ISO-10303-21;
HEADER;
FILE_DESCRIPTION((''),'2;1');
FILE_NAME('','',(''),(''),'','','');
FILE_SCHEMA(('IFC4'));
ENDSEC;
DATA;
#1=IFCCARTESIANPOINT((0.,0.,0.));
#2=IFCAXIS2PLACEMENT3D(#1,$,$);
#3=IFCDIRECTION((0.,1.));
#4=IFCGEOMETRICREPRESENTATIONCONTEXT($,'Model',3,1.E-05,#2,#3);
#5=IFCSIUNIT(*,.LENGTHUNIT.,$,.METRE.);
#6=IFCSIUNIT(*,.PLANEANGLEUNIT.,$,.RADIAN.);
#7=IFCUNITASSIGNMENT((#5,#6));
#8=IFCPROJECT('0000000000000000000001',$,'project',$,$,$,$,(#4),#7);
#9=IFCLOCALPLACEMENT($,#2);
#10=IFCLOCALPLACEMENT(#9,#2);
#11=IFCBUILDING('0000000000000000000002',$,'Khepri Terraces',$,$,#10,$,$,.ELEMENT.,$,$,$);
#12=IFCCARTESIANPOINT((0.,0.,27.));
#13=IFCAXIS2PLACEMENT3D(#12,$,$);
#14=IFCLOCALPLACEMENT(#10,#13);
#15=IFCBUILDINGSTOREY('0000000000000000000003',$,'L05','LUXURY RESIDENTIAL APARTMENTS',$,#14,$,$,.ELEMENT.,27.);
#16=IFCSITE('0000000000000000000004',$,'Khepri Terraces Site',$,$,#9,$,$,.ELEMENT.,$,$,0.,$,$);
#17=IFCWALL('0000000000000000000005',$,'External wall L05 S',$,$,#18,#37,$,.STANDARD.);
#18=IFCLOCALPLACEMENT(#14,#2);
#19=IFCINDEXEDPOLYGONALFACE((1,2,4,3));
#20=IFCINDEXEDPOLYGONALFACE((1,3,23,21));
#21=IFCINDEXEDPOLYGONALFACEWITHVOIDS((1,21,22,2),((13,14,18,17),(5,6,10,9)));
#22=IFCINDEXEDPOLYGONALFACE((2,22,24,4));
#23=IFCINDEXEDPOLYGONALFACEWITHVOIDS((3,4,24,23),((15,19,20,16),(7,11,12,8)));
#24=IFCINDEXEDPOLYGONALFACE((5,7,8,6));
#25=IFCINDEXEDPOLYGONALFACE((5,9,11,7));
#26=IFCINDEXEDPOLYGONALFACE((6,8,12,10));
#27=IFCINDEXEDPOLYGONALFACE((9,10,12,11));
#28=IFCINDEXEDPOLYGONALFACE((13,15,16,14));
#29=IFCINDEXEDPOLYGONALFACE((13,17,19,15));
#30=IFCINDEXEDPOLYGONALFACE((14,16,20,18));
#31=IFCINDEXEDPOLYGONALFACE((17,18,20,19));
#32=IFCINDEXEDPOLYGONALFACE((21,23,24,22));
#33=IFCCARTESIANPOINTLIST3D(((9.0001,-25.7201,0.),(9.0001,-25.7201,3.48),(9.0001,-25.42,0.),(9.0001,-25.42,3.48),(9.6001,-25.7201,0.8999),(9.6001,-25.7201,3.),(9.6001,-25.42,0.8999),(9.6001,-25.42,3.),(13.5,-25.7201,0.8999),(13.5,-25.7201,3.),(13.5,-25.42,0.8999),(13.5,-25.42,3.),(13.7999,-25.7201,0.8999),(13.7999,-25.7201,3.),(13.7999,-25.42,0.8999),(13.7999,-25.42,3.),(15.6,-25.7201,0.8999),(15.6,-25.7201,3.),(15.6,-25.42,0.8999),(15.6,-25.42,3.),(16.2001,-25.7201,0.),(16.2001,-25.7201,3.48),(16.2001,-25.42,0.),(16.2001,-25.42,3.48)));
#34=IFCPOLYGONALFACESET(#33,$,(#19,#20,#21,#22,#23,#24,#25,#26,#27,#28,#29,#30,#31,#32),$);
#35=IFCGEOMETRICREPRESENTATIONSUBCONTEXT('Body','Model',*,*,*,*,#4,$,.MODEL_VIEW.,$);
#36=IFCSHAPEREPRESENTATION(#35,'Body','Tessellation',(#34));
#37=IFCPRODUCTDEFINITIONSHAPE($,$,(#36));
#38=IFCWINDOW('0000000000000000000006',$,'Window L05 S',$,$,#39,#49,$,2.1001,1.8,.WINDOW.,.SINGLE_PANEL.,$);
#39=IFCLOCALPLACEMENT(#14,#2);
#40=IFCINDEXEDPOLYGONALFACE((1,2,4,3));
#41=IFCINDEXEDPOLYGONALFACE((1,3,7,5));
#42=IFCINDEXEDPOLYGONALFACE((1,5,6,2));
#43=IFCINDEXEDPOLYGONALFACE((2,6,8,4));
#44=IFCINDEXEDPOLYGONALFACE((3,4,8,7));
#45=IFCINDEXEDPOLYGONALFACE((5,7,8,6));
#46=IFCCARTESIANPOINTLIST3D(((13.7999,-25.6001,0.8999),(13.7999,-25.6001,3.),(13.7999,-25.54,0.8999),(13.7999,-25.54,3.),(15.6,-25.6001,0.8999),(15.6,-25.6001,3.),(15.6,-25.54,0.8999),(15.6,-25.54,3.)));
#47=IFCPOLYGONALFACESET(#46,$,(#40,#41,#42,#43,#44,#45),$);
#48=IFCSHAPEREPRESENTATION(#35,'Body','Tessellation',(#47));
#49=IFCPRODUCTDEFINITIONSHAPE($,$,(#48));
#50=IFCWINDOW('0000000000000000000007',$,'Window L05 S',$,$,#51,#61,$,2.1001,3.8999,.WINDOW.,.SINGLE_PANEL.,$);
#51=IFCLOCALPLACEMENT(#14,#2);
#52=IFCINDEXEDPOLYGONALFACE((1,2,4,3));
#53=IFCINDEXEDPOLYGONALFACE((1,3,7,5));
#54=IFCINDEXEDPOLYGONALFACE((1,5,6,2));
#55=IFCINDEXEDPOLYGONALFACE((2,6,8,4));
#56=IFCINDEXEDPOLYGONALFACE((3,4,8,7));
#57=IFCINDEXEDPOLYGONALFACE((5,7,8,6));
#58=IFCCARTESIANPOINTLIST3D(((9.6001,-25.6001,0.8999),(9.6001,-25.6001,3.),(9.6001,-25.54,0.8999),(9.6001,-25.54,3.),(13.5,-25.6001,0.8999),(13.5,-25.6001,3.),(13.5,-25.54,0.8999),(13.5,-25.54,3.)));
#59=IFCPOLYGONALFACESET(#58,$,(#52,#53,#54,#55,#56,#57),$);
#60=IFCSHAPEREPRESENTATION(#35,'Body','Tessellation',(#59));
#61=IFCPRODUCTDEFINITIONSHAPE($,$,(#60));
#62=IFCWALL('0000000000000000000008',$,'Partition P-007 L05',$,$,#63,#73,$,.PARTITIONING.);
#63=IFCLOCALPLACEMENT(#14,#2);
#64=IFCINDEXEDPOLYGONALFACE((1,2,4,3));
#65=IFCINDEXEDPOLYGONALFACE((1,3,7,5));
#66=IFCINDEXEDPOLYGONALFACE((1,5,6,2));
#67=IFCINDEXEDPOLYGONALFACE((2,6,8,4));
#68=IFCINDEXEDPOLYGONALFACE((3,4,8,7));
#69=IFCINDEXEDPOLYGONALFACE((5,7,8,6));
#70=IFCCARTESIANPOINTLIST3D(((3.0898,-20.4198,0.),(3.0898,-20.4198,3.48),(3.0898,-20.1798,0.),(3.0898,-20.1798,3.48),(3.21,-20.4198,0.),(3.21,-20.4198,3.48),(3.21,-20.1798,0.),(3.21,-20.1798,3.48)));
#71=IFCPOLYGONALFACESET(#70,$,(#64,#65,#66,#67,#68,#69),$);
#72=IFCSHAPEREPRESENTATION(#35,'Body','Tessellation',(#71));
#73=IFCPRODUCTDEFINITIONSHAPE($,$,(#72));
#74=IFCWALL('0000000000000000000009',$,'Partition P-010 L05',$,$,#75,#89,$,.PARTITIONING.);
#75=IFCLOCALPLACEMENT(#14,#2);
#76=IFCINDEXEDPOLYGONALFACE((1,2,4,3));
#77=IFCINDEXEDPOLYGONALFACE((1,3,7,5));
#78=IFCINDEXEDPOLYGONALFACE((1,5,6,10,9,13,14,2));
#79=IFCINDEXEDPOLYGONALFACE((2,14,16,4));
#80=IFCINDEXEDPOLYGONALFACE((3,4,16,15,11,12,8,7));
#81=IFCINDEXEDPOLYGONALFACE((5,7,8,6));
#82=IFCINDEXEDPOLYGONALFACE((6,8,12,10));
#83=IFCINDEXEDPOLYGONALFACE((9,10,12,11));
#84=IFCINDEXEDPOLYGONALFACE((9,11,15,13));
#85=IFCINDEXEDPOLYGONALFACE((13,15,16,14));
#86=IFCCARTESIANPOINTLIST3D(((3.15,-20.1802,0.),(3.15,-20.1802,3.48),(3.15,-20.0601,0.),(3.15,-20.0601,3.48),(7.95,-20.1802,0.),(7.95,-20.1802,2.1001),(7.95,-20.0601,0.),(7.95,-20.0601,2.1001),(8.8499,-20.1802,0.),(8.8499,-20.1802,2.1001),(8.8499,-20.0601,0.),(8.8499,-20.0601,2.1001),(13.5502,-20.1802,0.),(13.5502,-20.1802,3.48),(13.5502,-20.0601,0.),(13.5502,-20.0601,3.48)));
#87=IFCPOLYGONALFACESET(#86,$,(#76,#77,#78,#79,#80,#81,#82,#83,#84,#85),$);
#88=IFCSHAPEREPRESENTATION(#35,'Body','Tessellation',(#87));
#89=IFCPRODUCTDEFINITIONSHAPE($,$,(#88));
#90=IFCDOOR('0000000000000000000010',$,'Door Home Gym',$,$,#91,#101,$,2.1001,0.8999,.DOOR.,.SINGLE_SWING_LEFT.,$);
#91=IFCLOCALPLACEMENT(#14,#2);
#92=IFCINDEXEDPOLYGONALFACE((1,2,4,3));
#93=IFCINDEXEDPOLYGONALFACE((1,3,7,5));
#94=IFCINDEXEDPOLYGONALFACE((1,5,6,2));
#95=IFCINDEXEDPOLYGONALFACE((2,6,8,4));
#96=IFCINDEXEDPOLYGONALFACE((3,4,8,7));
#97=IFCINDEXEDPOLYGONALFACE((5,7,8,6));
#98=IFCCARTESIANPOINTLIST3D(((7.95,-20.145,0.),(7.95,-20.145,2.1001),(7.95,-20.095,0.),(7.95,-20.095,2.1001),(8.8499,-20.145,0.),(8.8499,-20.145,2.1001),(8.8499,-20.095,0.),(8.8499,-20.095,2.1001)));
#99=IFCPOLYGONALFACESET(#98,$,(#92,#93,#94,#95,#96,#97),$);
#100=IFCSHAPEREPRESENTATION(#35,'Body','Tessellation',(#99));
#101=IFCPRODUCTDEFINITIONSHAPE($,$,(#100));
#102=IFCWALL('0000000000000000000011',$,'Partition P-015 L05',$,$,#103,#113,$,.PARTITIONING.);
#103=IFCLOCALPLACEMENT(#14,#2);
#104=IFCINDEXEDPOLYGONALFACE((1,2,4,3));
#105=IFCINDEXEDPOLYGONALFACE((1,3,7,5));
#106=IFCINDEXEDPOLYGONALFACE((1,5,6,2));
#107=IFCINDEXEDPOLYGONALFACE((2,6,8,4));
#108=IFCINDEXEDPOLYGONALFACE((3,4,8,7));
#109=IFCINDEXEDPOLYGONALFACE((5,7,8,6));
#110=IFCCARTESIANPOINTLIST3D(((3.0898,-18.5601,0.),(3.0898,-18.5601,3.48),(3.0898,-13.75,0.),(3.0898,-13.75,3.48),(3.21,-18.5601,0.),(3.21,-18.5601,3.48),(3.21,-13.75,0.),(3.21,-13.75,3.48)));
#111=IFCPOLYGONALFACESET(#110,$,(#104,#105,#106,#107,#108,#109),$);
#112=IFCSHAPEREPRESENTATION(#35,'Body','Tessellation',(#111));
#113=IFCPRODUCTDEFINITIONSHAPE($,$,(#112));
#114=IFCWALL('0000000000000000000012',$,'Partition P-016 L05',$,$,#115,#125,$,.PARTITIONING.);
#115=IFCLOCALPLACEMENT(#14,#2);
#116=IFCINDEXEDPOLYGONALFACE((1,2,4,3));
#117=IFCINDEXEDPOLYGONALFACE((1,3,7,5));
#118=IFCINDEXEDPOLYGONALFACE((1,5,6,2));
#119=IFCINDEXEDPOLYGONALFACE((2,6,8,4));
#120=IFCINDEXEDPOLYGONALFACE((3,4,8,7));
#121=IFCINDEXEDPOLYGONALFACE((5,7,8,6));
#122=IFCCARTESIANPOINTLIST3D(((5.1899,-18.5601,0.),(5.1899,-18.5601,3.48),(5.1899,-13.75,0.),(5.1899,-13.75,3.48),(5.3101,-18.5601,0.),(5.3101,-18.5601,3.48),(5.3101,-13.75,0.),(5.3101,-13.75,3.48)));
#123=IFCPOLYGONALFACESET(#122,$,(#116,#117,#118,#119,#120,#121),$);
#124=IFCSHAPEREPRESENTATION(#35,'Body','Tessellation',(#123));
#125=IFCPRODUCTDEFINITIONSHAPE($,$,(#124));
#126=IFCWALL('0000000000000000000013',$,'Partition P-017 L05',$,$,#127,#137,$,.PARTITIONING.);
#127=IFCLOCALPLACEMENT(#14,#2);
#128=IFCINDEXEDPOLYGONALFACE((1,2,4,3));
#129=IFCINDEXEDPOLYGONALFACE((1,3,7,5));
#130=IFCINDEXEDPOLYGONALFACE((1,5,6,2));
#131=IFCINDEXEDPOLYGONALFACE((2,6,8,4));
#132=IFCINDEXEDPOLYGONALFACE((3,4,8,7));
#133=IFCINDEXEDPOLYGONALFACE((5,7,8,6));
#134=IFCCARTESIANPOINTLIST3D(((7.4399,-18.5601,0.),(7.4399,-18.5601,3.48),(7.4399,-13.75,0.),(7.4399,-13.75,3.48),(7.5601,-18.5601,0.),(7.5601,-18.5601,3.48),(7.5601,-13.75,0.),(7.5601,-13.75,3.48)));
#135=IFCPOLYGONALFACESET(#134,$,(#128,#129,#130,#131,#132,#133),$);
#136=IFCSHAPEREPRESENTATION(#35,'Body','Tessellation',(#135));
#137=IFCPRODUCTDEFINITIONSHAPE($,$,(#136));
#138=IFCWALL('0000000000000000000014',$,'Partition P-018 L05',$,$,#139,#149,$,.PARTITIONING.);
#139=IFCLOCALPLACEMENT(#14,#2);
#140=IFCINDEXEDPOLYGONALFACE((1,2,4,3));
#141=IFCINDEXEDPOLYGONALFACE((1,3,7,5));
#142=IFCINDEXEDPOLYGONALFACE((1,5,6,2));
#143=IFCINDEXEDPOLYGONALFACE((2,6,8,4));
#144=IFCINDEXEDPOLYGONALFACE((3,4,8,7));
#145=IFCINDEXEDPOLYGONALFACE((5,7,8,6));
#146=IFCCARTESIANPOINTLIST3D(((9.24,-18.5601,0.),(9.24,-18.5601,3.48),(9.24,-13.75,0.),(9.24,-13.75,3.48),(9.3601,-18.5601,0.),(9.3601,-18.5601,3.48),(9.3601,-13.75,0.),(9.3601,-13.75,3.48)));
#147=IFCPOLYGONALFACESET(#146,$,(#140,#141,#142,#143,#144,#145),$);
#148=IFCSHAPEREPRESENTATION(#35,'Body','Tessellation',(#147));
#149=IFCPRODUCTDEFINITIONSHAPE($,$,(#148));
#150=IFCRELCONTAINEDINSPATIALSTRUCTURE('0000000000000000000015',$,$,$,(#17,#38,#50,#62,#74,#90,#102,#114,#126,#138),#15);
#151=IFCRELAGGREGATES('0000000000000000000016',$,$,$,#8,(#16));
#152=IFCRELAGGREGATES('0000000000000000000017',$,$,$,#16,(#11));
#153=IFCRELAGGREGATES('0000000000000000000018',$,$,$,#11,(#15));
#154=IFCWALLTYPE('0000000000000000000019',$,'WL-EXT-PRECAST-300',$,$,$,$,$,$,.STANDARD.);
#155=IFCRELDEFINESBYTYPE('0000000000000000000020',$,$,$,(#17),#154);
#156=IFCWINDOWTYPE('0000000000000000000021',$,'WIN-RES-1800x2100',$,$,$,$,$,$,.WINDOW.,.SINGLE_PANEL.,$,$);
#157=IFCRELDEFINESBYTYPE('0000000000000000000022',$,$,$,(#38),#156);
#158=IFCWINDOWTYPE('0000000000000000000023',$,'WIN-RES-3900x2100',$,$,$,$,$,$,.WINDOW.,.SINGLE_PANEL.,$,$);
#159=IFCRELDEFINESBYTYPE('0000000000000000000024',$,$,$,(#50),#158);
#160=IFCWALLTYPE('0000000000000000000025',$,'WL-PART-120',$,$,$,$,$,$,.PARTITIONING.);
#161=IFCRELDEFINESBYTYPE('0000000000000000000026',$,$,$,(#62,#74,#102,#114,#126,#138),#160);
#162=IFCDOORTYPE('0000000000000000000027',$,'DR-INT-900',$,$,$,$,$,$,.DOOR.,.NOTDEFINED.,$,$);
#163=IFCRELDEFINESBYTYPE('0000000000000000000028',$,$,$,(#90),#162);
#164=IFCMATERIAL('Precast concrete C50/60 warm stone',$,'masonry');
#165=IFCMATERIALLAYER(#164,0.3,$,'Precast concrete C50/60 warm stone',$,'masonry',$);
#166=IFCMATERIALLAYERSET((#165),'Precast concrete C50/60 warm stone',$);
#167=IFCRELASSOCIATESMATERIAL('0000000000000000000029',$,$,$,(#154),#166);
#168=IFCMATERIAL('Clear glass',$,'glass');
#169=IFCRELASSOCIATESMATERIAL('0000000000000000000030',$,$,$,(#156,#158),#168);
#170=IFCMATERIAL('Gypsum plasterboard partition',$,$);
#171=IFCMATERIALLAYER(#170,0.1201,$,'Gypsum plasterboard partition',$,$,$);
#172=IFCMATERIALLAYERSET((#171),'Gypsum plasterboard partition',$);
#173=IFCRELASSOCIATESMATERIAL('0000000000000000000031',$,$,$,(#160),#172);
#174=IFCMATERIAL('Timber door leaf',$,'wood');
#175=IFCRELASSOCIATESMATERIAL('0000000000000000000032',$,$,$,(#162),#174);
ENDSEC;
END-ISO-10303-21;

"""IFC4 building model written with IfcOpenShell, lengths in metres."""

from ifc_helpers import new_model, si_unit, direction, frame, frame_2d, origin, place, context, subcontext, project, spatial, rectangle, extrude, material, layer, layer_set, type_object, element, fill, save


model = new_model("IFC4")

# Units and contexts
model_context = context("Model", 3, precision=1e-05, world=origin(), true_north=direction((0.0, 1.0)))
body_context = subcontext(model_context, "Body", "Model", "MODEL_VIEW")
ifc_project = project(units=[si_unit("LENGTHUNIT", "METRE"), si_unit("PLANEANGLEUNIT", "RADIAN")], contexts=[model_context])

# Site, building, storey
site_placement = place(None, origin())
site = spatial("IfcSite", under=ifc_project, at=site_placement, Name="Khepri Terraces Site", CompositionType="ELEMENT", RefElevation=0.0)
building_placement = place(site_placement, origin())
building = spatial("IfcBuilding", under=site, at=building_placement, Name="Khepri Terraces", CompositionType="ELEMENT")
storey_placement = place(building_placement, frame((0.0, 0.0, 27.0)))
storey = spatial("IfcBuildingStorey", under=building, at=storey_placement, Name="L05", Description="LUXURY RESIDENTIAL APARTMENTS", CompositionType="ELEMENT", Elevation=27.0)

# Shared definitions
ifc_material_1 = material(Name="Precast concrete C50/60 warm stone", Category="masonry")
ifc_layer_1 = layer(ifc_material_1, 0.3, Name="Precast concrete C50/60 warm stone", Category="masonry")
ifc_layer_set_1 = layer_set([ifc_layer_1], Name="Precast concrete C50/60 warm stone")
wall_type_1 = type_object("IfcWallType", Name="WL-EXT-PRECAST-300", PredefinedType="STANDARD", material=ifc_layer_set_1)
ifc_material_2 = material(Name="Clear glass", Category="glass")
window_type_1 = type_object("IfcWindowType", Name="WIN-RES-1800x2100", PartitioningType="SINGLE_PANEL", PredefinedType="WINDOW", material=ifc_material_2)

# Wall, openings, windows
wall_1_placement = place(storey_placement, frame((9.0, -25.5701, 0.0), z_axis=(0.0, 0.0, 1.0), x_axis=(1.0, 0.0, 0.0)))
wall_1 = element("IfcWall", 1, at=wall_1_placement, inside=storey, type_object=wall_type_1, Name="External wall L05 S", PredefinedType="STANDARD", context=body_context, shape_type="SweptSolid", body=[
    extrude(rectangle(XDim=7.2, YDim=0.3, at=frame_2d((3.6001, 0.0))), origin(), (0.0, 0.0, 1.0), 3.48),
])
opening_1_placement = place(wall_1_placement, frame((0.6001, 0.0, 0.8999)))
opening_1 = element("IfcOpeningElement", 2, at=opening_1_placement, cuts=wall_1, PredefinedType="OPENING", context=body_context, shape_type="SweptSolid", body=[
    extrude(rectangle(XDim=3.8999, YDim=2.1001, at=frame_2d((1.95, 1.05))), frame((0.0, 0.1602, 0.0), z_axis=(0.0, -1.0, 0.0), x_axis=(1.0, 0.0, 0.0)), (0.0, 0.0, 1.0), 0.3201),
])
opening_2_placement = place(wall_1_placement, frame((4.8, 0.0, 0.8999)))
opening_2 = element("IfcOpeningElement", 3, at=opening_2_placement, cuts=wall_1, PredefinedType="OPENING", context=body_context, shape_type="SweptSolid", body=[
    extrude(rectangle(XDim=1.8, YDim=2.1001, at=frame_2d((0.8999, 1.05))), frame((0.0, 0.1602, 0.0), z_axis=(0.0, -1.0, 0.0), x_axis=(1.0, 0.0, 0.0)), (0.0, 0.0, 1.0), 0.3201),
])
window_1_placement = place(opening_2_placement, origin())
window_1 = element("IfcWindow", 4, at=window_1_placement, inside=storey, type_object=window_type_1, Name="Window L05 S", OverallHeight=2.1001, OverallWidth=1.8, PartitioningType="SINGLE_PANEL", PredefinedType="WINDOW", context=body_context, shape_type="SweptSolid", body=[
    extrude(rectangle(XDim=1.8, YDim=2.1001, at=frame_2d((0.8999, 1.05))), frame((0.0, 0.03, 0.0), z_axis=(0.0, -1.0, 0.0), x_axis=(1.0, 0.0, 0.0)), (0.0, 0.0, 1.0), 0.0601),
])
fill(opening_2, window_1)
window_type_2 = type_object("IfcWindowType", Name="WIN-RES-3900x2100", PartitioningType="SINGLE_PANEL", PredefinedType="WINDOW", material=ifc_material_2)
window_2_placement = place(opening_1_placement, origin())
window_2 = element("IfcWindow", 5, at=window_2_placement, inside=storey, type_object=window_type_2, Name="Window L05 S", OverallHeight=2.1001, OverallWidth=3.8999, PartitioningType="SINGLE_PANEL", PredefinedType="WINDOW", context=body_context, shape_type="SweptSolid", body=[
    extrude(rectangle(XDim=3.8999, YDim=2.1001, at=frame_2d((1.95, 1.05))), frame((0.0, 0.03, 0.0), z_axis=(0.0, -1.0, 0.0), x_axis=(1.0, 0.0, 0.0)), (0.0, 0.0, 1.0), 0.0601),
])
fill(opening_1, window_2)

# Wall
ifc_material_3 = material(Name="Gypsum plasterboard partition")
ifc_layer_2 = layer(ifc_material_3, 0.1201, Name="Gypsum plasterboard partition")
ifc_layer_set_2 = layer_set([ifc_layer_2], Name="Gypsum plasterboard partition")
wall_type_2 = type_object("IfcWallType", Name="WL-PART-120", PredefinedType="PARTITIONING", material=ifc_layer_set_2)
wall_2_placement = place(storey_placement, frame((3.1499, -20.4199, 0.0), z_axis=(0.0, 0.0, 1.0), x_axis=(0.0, 1.0, 0.0)))
element("IfcWall", 6, at=wall_2_placement, inside=storey, type_object=wall_type_2, Name="Partition P-007 L05", PredefinedType="PARTITIONING", context=body_context, shape_type="SweptSolid", body=[
    extrude(rectangle(XDim=0.24, YDim=0.1201, at=frame_2d((0.1201, 0.0))), origin(), (0.0, 0.0, 1.0), 3.48),
])

# Wall, opening, door
wall_3_placement = place(storey_placement, frame((3.1499, -20.1201, 0.0), z_axis=(0.0, 0.0, 1.0), x_axis=(1.0, 0.0, 0.0)))
wall_3 = element("IfcWall", 7, at=wall_3_placement, inside=storey, type_object=wall_type_2, Name="Partition P-010 L05", PredefinedType="PARTITIONING", context=body_context, shape_type="SweptSolid", body=[
    extrude(rectangle(XDim=10.4001, YDim=0.1201, at=frame_2d((5.2002, 0.0))), origin(), (0.0, 0.0, 1.0), 3.48),
])
opening_3_placement = place(wall_3_placement, frame((4.8, 0.0, 0.0)))
opening_3 = element("IfcOpeningElement", 8, at=opening_3_placement, cuts=wall_3, PredefinedType="OPENING", context=body_context, shape_type="SweptSolid", body=[
    extrude(rectangle(XDim=0.8999, YDim=2.1001, at=frame_2d((0.45, 1.05))), frame((0.0, 0.0701, 0.0), z_axis=(0.0, -1.0, 0.0), x_axis=(1.0, 0.0, 0.0)), (0.0, 0.0, 1.0), 0.1401),
])
ifc_material_4 = material(Name="Timber door leaf", Category="wood")
door_type_1 = type_object("IfcDoorType", Name="DR-INT-900", OperationType="NOTDEFINED", PredefinedType="DOOR", material=ifc_material_4)
door_1_placement = place(opening_3_placement, frame((0.8999, 0.0, 0.0), z_axis=(0.0, 0.0, 1.0), x_axis=(-1.0, 0.0, 0.0)))
door_1 = element("IfcDoor", 9, at=door_1_placement, inside=storey, type_object=door_type_1, Name="Door Home Gym", OperationType="SINGLE_SWING_LEFT", OverallHeight=2.1001, OverallWidth=0.8999, PredefinedType="DOOR", context=body_context, shape_type="SweptSolid", body=[
    extrude(rectangle(XDim=0.8999, YDim=2.1001, at=frame_2d((0.45, 1.05))), frame((0.0, 0.0249, 0.0), z_axis=(0.0, -1.0, 0.0), x_axis=(1.0, 0.0, 0.0)), (0.0, 0.0, 1.0), 0.05),
])
fill(opening_3, door_1)

# Walls
for number, where, z_axis, x_axis, name in (
    (10, (3.1499, -18.5601, 0.0), (0.0, 0.0, 1.0), (0.0, 1.0, 0.0), "Partition P-015 L05"),
    (11, (5.25, -18.5601, 0.0), (0.0, 0.0, 1.0), (0.0, 1.0, 0.0), "Partition P-016 L05"),
    (12, (7.5, -18.5601, 0.0), (0.0, 0.0, 1.0), (0.0, 1.0, 0.0), "Partition P-017 L05"),
    (13, (9.3, -18.5601, 0.0), (0.0, 0.0, 1.0), (0.0, 1.0, 0.0), "Partition P-018 L05"),
):
    element("IfcWall", number, at=place(storey_placement, frame(where, z_axis=z_axis, x_axis=x_axis)), inside=storey, type_object=wall_type_2, Name=name, PredefinedType="PARTITIONING", context=body_context, shape_type="SweptSolid", body=[
        extrude(rectangle(XDim=4.8101, YDim=0.1201, at=frame_2d((2.405, 0.0))), origin(), (0.0, 0.0, 1.0), 3.48),
    ])

save(model, "model.ifc")
